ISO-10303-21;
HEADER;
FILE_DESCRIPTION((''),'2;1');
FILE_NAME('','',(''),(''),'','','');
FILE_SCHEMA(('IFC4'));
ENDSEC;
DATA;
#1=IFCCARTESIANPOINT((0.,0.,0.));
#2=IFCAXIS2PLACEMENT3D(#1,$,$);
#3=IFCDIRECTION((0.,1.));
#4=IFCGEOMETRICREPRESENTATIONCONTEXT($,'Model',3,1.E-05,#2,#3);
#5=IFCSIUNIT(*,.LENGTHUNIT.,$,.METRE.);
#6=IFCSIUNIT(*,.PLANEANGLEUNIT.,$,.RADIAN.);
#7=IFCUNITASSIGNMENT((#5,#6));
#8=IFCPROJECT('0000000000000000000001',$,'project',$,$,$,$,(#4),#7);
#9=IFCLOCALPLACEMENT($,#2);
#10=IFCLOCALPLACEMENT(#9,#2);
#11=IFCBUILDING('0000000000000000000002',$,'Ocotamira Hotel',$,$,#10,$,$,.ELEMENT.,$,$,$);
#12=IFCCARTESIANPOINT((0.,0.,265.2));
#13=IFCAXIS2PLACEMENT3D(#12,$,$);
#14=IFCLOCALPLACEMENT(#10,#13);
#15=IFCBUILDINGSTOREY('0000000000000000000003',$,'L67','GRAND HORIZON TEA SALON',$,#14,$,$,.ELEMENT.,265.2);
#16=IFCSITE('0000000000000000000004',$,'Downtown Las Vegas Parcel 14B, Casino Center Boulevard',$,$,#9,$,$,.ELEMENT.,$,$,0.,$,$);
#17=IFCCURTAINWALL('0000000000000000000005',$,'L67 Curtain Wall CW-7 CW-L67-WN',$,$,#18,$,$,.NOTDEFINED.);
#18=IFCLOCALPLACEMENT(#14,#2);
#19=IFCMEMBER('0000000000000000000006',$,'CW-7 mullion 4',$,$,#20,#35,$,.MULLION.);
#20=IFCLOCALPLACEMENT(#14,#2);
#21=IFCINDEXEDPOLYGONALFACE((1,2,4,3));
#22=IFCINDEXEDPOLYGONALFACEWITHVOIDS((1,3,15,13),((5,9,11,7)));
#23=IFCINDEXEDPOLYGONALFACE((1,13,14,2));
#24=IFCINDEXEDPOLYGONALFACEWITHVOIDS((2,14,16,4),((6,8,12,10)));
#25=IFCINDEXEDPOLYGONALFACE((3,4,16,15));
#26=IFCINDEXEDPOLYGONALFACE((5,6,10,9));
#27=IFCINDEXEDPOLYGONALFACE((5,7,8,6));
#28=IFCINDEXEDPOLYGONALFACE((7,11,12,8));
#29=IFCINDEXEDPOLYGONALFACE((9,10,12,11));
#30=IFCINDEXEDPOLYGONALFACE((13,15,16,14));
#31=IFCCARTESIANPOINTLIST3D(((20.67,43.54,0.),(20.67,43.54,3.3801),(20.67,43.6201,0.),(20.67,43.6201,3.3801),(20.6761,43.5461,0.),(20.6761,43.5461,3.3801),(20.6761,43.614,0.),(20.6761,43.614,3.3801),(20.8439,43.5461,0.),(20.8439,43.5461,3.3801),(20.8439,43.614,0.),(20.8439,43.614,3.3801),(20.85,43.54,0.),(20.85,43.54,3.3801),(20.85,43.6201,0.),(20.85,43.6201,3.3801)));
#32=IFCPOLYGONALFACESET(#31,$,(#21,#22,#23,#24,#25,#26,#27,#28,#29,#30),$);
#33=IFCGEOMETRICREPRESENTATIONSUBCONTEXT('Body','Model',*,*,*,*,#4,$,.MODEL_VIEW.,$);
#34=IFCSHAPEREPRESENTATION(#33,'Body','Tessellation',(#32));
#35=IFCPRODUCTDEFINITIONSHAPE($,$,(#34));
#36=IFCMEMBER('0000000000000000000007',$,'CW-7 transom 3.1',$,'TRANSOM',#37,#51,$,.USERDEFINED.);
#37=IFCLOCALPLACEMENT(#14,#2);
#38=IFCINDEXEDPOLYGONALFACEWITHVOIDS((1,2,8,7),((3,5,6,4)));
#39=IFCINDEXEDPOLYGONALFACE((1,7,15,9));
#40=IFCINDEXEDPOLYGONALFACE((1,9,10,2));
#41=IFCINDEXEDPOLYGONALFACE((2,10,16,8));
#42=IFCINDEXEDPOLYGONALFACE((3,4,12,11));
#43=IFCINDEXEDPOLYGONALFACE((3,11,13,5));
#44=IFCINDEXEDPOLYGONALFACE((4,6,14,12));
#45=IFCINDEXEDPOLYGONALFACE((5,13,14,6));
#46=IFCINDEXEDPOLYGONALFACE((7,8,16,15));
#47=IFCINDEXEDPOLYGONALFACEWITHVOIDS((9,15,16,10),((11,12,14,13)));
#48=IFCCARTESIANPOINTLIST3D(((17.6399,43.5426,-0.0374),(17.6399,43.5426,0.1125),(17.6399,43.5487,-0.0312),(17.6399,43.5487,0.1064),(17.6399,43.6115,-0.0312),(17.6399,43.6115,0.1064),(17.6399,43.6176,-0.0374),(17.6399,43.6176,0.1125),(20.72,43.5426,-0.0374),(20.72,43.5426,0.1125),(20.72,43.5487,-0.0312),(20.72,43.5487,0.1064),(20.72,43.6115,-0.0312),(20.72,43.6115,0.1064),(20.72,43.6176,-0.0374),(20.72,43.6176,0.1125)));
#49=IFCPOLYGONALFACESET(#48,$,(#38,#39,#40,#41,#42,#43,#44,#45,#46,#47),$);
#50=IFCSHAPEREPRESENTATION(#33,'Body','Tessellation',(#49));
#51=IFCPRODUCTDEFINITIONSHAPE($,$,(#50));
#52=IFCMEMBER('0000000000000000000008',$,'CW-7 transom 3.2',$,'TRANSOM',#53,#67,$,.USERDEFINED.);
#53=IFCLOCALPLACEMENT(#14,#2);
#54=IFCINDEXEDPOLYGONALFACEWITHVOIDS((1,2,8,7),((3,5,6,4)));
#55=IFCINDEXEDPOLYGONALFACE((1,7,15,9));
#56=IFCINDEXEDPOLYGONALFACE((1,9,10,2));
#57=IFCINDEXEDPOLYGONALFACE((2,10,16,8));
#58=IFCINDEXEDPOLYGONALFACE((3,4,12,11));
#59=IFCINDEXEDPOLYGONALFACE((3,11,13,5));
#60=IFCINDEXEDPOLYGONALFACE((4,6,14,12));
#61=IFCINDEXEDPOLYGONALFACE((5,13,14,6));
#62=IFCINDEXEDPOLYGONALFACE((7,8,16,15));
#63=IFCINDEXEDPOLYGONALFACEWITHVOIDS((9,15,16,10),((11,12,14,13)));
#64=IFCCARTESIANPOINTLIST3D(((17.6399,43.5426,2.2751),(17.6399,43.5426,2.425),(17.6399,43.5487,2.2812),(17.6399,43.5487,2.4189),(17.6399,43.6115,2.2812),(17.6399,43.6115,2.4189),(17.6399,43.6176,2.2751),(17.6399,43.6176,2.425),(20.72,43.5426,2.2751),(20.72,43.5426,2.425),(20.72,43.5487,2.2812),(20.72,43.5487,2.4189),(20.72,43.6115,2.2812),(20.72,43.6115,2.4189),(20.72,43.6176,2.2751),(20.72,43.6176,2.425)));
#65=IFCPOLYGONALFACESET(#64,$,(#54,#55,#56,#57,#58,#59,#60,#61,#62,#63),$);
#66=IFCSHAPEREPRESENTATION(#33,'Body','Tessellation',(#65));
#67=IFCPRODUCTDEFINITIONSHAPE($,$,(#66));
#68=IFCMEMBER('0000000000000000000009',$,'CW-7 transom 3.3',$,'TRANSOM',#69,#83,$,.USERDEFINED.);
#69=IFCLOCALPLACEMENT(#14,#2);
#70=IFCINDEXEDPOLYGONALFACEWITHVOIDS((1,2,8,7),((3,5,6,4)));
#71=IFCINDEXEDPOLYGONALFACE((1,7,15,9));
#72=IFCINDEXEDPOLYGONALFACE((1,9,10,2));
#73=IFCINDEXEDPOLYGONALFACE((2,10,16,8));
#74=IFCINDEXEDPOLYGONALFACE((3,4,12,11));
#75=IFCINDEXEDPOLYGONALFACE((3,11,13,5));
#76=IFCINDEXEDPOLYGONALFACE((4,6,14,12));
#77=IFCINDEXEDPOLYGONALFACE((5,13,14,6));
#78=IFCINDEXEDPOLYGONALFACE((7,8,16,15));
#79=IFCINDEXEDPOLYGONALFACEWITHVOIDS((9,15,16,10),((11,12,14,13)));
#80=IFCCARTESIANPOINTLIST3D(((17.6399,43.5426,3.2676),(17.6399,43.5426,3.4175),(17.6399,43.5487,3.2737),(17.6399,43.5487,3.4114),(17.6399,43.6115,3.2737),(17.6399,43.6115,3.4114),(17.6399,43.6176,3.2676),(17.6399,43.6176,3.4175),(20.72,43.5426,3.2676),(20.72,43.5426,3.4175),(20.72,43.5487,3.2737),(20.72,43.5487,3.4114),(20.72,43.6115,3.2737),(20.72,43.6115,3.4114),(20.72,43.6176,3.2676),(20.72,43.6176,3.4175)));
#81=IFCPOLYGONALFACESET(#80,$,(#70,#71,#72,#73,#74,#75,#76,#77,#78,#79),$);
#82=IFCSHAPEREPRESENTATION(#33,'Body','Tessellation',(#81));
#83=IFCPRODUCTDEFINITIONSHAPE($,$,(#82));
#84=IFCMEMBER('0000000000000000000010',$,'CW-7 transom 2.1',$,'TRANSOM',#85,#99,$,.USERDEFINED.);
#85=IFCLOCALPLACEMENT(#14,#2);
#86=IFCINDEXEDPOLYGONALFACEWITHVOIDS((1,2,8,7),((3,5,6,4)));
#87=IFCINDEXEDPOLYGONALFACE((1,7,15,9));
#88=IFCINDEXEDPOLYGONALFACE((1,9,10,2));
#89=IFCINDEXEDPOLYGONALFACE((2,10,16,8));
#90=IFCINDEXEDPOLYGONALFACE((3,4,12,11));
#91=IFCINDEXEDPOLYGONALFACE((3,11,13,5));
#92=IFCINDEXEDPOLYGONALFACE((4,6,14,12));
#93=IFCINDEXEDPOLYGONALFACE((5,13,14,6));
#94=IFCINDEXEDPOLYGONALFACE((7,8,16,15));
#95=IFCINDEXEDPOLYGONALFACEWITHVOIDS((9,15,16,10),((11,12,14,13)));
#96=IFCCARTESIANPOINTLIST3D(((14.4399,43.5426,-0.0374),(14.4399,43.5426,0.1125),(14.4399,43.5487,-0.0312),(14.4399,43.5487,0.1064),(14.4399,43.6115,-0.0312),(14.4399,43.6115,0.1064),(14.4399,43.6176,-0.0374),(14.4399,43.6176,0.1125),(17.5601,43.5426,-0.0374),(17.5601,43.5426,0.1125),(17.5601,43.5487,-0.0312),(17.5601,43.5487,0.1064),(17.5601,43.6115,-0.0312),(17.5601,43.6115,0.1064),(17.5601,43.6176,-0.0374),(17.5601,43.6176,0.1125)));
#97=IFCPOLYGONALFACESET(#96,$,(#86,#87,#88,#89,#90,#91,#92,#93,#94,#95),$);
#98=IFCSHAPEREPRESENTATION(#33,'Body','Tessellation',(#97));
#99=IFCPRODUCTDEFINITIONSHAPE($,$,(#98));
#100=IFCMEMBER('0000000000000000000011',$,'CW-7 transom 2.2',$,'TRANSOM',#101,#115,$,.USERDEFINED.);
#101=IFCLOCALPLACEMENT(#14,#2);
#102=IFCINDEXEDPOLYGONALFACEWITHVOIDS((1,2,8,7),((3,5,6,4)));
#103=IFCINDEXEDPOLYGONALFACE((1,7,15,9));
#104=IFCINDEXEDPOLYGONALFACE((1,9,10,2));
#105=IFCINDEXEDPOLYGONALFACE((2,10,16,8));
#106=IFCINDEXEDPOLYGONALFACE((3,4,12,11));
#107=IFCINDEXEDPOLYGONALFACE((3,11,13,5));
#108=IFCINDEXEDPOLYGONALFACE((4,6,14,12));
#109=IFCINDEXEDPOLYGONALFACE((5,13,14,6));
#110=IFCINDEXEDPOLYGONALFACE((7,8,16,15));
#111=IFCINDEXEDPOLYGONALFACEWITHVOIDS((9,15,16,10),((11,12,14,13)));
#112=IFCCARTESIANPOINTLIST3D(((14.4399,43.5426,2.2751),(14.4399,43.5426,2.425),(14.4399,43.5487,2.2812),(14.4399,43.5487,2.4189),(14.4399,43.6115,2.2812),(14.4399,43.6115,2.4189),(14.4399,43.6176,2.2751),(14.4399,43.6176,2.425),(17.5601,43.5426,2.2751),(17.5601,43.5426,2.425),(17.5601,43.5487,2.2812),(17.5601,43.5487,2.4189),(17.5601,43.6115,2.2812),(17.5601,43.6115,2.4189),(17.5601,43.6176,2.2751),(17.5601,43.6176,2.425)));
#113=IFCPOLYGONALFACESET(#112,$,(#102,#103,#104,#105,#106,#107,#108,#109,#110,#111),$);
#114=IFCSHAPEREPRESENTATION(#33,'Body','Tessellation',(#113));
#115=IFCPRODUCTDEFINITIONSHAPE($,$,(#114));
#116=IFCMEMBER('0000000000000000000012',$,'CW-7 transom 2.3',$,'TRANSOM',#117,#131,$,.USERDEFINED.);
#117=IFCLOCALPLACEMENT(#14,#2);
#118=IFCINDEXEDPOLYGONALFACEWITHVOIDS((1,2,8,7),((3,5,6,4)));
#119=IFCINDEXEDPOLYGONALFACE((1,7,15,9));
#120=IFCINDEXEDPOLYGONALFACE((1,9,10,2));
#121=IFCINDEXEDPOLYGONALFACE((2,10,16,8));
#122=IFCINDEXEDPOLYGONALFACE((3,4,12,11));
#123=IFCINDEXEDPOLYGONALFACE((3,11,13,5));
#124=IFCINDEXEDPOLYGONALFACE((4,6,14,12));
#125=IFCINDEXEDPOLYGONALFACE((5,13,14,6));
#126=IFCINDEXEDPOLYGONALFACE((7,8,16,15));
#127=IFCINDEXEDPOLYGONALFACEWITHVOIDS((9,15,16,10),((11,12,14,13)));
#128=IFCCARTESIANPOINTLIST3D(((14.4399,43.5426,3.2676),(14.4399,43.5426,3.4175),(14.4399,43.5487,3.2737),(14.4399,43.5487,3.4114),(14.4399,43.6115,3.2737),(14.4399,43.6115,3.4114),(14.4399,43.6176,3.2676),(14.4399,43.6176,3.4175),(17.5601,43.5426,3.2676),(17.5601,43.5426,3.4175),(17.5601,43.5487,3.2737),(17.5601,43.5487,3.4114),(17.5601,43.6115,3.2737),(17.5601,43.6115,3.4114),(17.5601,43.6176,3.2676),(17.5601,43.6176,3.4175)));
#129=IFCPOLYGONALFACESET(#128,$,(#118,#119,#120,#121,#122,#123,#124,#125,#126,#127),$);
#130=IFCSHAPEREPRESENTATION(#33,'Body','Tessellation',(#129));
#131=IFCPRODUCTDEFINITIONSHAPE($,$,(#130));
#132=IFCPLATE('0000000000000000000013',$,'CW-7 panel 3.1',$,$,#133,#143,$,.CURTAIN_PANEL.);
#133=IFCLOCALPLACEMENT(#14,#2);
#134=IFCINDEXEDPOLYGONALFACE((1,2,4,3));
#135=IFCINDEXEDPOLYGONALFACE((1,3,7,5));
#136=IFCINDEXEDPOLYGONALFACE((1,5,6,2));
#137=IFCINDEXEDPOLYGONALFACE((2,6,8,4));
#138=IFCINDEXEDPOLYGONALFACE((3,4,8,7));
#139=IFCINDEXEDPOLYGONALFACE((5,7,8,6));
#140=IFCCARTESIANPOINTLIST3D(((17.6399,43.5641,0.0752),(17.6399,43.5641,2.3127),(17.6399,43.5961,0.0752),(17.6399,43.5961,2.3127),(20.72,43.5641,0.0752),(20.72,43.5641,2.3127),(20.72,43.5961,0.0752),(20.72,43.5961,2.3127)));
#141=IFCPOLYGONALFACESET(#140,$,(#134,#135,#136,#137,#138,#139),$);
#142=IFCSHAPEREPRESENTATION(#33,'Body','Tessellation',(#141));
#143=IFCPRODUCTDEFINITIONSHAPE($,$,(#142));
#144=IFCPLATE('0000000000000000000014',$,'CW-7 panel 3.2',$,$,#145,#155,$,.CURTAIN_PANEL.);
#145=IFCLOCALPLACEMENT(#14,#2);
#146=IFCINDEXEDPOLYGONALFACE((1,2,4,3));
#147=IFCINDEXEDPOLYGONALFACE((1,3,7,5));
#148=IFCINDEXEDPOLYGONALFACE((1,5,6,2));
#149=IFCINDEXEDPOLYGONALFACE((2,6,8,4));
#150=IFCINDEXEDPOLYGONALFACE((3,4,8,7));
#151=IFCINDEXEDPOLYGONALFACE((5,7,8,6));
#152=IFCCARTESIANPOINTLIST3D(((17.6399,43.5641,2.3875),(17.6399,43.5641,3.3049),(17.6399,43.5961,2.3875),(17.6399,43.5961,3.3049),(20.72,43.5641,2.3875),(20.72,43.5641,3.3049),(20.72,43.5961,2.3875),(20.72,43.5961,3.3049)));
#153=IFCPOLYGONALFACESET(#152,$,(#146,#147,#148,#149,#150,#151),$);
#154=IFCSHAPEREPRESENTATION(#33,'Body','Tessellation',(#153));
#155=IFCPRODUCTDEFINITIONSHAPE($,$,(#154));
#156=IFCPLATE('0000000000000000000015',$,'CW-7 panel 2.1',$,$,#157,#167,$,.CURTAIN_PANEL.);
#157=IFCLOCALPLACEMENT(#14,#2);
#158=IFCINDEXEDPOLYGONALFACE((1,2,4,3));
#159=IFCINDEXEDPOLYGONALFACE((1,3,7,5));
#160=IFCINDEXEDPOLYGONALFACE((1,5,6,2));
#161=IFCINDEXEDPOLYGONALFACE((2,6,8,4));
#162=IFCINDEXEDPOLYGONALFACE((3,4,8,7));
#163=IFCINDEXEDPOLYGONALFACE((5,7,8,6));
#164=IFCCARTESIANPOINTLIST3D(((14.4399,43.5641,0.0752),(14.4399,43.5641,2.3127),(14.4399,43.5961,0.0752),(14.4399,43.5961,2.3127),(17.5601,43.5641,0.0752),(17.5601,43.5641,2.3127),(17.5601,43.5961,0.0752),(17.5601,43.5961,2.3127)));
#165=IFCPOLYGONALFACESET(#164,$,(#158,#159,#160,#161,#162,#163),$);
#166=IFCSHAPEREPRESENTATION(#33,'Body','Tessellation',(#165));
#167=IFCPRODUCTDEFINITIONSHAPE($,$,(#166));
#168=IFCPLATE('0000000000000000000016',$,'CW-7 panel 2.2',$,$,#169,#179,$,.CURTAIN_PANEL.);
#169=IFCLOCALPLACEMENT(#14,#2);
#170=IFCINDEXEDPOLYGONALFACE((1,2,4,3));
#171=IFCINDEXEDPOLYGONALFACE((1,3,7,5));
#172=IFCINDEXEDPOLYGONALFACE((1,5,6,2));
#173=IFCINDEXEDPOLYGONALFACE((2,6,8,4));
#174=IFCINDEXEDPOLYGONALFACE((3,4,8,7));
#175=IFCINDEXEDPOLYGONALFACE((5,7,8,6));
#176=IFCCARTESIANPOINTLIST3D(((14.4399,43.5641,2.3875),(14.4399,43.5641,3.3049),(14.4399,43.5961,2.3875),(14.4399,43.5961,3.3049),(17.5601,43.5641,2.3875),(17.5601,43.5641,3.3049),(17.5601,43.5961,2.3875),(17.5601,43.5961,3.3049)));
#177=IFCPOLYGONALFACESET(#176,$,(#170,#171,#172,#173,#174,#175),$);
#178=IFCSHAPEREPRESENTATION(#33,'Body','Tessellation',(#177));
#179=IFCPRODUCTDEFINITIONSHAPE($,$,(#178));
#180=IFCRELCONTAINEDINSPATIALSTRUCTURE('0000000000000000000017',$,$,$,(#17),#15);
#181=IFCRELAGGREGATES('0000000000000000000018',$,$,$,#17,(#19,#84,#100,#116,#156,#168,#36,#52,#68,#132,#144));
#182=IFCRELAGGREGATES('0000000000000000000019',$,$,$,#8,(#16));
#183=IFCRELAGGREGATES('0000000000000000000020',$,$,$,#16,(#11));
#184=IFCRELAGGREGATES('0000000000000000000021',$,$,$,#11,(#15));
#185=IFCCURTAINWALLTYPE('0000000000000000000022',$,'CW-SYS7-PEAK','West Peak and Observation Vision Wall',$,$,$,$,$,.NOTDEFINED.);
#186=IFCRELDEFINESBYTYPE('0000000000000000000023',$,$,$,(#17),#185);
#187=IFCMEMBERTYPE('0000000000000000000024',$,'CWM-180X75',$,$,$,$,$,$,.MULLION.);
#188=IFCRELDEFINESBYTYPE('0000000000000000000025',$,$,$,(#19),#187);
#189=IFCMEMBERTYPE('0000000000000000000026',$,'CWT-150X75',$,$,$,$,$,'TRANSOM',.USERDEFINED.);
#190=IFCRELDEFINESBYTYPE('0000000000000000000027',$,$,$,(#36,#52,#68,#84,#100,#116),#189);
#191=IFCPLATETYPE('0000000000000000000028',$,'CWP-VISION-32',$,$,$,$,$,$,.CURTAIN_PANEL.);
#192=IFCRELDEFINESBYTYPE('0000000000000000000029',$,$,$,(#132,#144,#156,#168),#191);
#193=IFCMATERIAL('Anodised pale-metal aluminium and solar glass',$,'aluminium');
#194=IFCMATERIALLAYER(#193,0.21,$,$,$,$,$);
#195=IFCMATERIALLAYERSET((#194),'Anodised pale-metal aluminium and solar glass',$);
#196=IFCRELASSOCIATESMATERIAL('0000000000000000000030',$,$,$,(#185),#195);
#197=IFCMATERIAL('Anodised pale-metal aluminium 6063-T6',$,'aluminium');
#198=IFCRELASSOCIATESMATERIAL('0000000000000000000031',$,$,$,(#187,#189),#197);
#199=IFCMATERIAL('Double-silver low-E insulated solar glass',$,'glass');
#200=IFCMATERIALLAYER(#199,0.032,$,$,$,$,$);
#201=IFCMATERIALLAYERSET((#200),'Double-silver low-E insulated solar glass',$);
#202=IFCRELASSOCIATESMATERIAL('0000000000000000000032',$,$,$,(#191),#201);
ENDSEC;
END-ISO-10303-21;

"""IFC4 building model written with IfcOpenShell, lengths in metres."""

from ifc_helpers import new_model, si_unit, direction, frame, origin, origin_2d, place, context, subcontext, project, spatial, rectangle, hollow_rectangle, extrude, source, transform, mapped, material, layer, layer_set, material_profile, profile_set, type_object, element, aggregate, save


model = new_model("IFC4")

# Units and contexts
model_context = context("Model", 3, precision=1e-05, world=origin(), true_north=direction((0.0, 1.0)))
body_context = subcontext(model_context, "Body", "Model", "MODEL_VIEW")
ifc_project = project(units=[si_unit("LENGTHUNIT", "METRE"), si_unit("PLANEANGLEUNIT", "RADIAN")], contexts=[model_context])

# Site, building, storey
site_placement = place(None, origin())
site = spatial("IfcSite", under=ifc_project, at=site_placement, Name="Downtown Las Vegas Parcel 14B, Casino Center Boulevard", CompositionType="ELEMENT", RefElevation=0.0)
building_placement = place(site_placement, origin())
building = spatial("IfcBuilding", under=site, at=building_placement, Name="Ocotamira Hotel", CompositionType="ELEMENT")
storey_placement = place(building_placement, frame((0.0, 0.0, 265.2)))
storey = spatial("IfcBuildingStorey", under=building, at=storey_placement, Name="L67", Description="GRAND HORIZON TEA SALON", CompositionType="ELEMENT", Elevation=265.2)

# Curtain wall, members, plates
ifc_material_1 = material(Name="Anodised pale-metal aluminium and solar glass", Category="aluminium")
ifc_layer_1 = layer(ifc_material_1, 0.21)
ifc_layer_set_1 = layer_set([ifc_layer_1], Name="Anodised pale-metal aluminium and solar glass")
curtain_wall_type = type_object("IfcCurtainWallType", Name="CW-SYS7-PEAK", Description="West Peak and Observation Vision Wall", PredefinedType="NOTDEFINED", material=ifc_layer_set_1)
curtain_wall_placement = place(storey_placement, origin())
curtain_wall = element("IfcCurtainWall", 1, at=curtain_wall_placement, inside=storey, type_object=curtain_wall_type, Name="L67 Curtain Wall CW-7 CW-L67-WN", PredefinedType="NOTDEFINED")
ifc_material_2 = material(Name="Anodised pale-metal aluminium 6063-T6", Category="aluminium")
ifc_material_profile_1 = material_profile(ifc_material_2, hollow_rectangle(XDim=0.0801, YDim=0.1799, WallThickness=0.0061, at=origin_2d()), Name="HSS180X80X6")
ifc_profile_set_1 = profile_set([ifc_material_profile_1], Name="Anodised pale-metal aluminium 6063-T6")
member_type_1 = type_object("IfcMemberType", Name="CWM-180X75", PredefinedType="MULLION", material=ifc_profile_set_1)
shared_shape_1 = source(origin(), body_context, "Body", "SweptSolid", [
    extrude(hollow_rectangle(XDim=0.0801, YDim=0.1799, WallThickness=0.0061, at=origin_2d()), origin(), (0.0, 0.0, 1.0), 3.3801),
])
member_1_placement = place(storey_placement, frame((20.76, 43.5801, 0.0), z_axis=(0.0, 0.0, 1.0), x_axis=(0.0, 1.0, 0.0)))
member_1 = element("IfcMember", 2, at=member_1_placement, type_object=member_type_1, Name="CW-7 mullion 4", PredefinedType="MULLION", context=body_context, shape_type="MappedRepresentation", body=[
    mapped(shared_shape_1, transform((0.0, 0.0, 0.0), scale=1.0)),
])
ifc_material_profile_2 = material_profile(ifc_material_2, hollow_rectangle(XDim=0.075, YDim=0.1499, WallThickness=0.0061, at=origin_2d()), Name="HSS150X75X6")
ifc_profile_set_2 = profile_set([ifc_material_profile_2], Name="Anodised pale-metal aluminium 6063-T6")
member_type_2 = type_object("IfcMemberType", Name="CWT-150X75", ElementType="TRANSOM", PredefinedType="USERDEFINED", material=ifc_profile_set_2)
shared_shape_2 = source(origin(), body_context, "Body", "SweptSolid", [
    extrude(hollow_rectangle(XDim=0.075, YDim=0.1499, WallThickness=0.0061, at=origin_2d()), origin(), (0.0, 0.0, 1.0), 3.0801),
])
member_2_placement = place(storey_placement, frame((17.6399, 43.5801, 0.0376), z_axis=(1.0, 0.0, 0.0), x_axis=(0.0, 1.0, 0.0)))
member_2 = element("IfcMember", 3, at=member_2_placement, type_object=member_type_2, Name="CW-7 transom 3.1", ObjectType="TRANSOM", PredefinedType="USERDEFINED", context=body_context, shape_type="MappedRepresentation", body=[
    mapped(shared_shape_2, transform((0.0, 0.0, 0.0), scale=1.0)),
])
member_3_placement = place(storey_placement, frame((17.6399, 43.5801, 2.3501), z_axis=(1.0, 0.0, 0.0), x_axis=(0.0, 1.0, 0.0)))
member_3 = element("IfcMember", 4, at=member_3_placement, type_object=member_type_2, Name="CW-7 transom 3.2", ObjectType="TRANSOM", PredefinedType="USERDEFINED", context=body_context, shape_type="MappedRepresentation", body=[
    mapped(shared_shape_2, transform((0.0, 0.0, 0.0), scale=1.0)),
])
member_4_placement = place(storey_placement, frame((17.6399, 43.5801, 3.3425), z_axis=(1.0, 0.0, 0.0), x_axis=(0.0, 1.0, 0.0)))
member_4 = element("IfcMember", 5, at=member_4_placement, type_object=member_type_2, Name="CW-7 transom 3.3", ObjectType="TRANSOM", PredefinedType="USERDEFINED", context=body_context, shape_type="MappedRepresentation", body=[
    mapped(shared_shape_2, transform((0.0, 0.0, 0.0), scale=1.0)),
])
shared_shape_3 = source(origin(), body_context, "Body", "SweptSolid", [
    extrude(hollow_rectangle(XDim=0.075, YDim=0.1499, WallThickness=0.0061, at=origin_2d()), origin(), (0.0, 0.0, 1.0), 3.1201),
])
member_5_placement = place(storey_placement, frame((14.4399, 43.5801, 0.0376), z_axis=(1.0, 0.0, 0.0), x_axis=(0.0, 1.0, 0.0)))
member_5 = element("IfcMember", 6, at=member_5_placement, type_object=member_type_2, Name="CW-7 transom 2.1", ObjectType="TRANSOM", PredefinedType="USERDEFINED", context=body_context, shape_type="MappedRepresentation", body=[
    mapped(shared_shape_3, transform((0.0, 0.0, 0.0), scale=1.0)),
])
member_6_placement = place(storey_placement, frame((14.4399, 43.5801, 2.3501), z_axis=(1.0, 0.0, 0.0), x_axis=(0.0, 1.0, 0.0)))
member_6 = element("IfcMember", 7, at=member_6_placement, type_object=member_type_2, Name="CW-7 transom 2.2", ObjectType="TRANSOM", PredefinedType="USERDEFINED", context=body_context, shape_type="MappedRepresentation", body=[
    mapped(shared_shape_3, transform((0.0, 0.0, 0.0), scale=1.0)),
])
member_7_placement = place(storey_placement, frame((14.4399, 43.5801, 3.3425), z_axis=(1.0, 0.0, 0.0), x_axis=(0.0, 1.0, 0.0)))
member_7 = element("IfcMember", 8, at=member_7_placement, type_object=member_type_2, Name="CW-7 transom 2.3", ObjectType="TRANSOM", PredefinedType="USERDEFINED", context=body_context, shape_type="MappedRepresentation", body=[
    mapped(shared_shape_3, transform((0.0, 0.0, 0.0), scale=1.0)),
])
ifc_material_3 = material(Name="Double-silver low-E insulated solar glass", Category="glass")
ifc_layer_2 = layer(ifc_material_3, 0.032)
ifc_layer_set_2 = layer_set([ifc_layer_2], Name="Double-silver low-E insulated solar glass")
plate_type = type_object("IfcPlateType", Name="CWP-VISION-32", PredefinedType="CURTAIN_PANEL", material=ifc_layer_set_2)
shared_shape_4 = source(origin(), body_context, "Body", "SweptSolid", [
    extrude(rectangle(XDim=3.0801, YDim=0.032, at=origin_2d()), origin(), (0.0, 0.0, 1.0), 2.2375),
])
plate_1_placement = place(storey_placement, frame((19.1799, 43.5801, 0.0752), z_axis=(0.0, 0.0, 1.0), x_axis=(1.0, 0.0, 0.0)))
plate_1 = element("IfcPlate", 9, at=plate_1_placement, type_object=plate_type, Name="CW-7 panel 3.1", PredefinedType="CURTAIN_PANEL", context=body_context, shape_type="MappedRepresentation", body=[
    mapped(shared_shape_4, transform((0.0, 0.0, 0.0), scale=1.0)),
])
shared_shape_5 = source(origin(), body_context, "Body", "SweptSolid", [
    extrude(rectangle(XDim=3.0801, YDim=0.032, at=origin_2d()), origin(), (0.0, 0.0, 1.0), 0.9175),
])
plate_2_placement = place(storey_placement, frame((19.1799, 43.5801, 2.3875), z_axis=(0.0, 0.0, 1.0), x_axis=(1.0, 0.0, 0.0)))
plate_2 = element("IfcPlate", 10, at=plate_2_placement, type_object=plate_type, Name="CW-7 panel 3.2", PredefinedType="CURTAIN_PANEL", context=body_context, shape_type="MappedRepresentation", body=[
    mapped(shared_shape_5, transform((0.0, 0.0, 0.0), scale=1.0)),
])
shared_shape_6 = source(origin(), body_context, "Body", "SweptSolid", [
    extrude(rectangle(XDim=3.1201, YDim=0.032, at=origin_2d()), origin(), (0.0, 0.0, 1.0), 2.2375),
])
plate_3_placement = place(storey_placement, frame((16.0, 43.5801, 0.0752), z_axis=(0.0, 0.0, 1.0), x_axis=(1.0, 0.0, 0.0)))
plate_3 = element("IfcPlate", 11, at=plate_3_placement, type_object=plate_type, Name="CW-7 panel 2.1", PredefinedType="CURTAIN_PANEL", context=body_context, shape_type="MappedRepresentation", body=[
    mapped(shared_shape_6, transform((0.0, 0.0, 0.0), scale=1.0)),
])
shared_shape_7 = source(origin(), body_context, "Body", "SweptSolid", [
    extrude(rectangle(XDim=3.1201, YDim=0.032, at=origin_2d()), origin(), (0.0, 0.0, 1.0), 0.9175),
])
plate_4_placement = place(storey_placement, frame((16.0, 43.5801, 2.3875), z_axis=(0.0, 0.0, 1.0), x_axis=(1.0, 0.0, 0.0)))
plate_4 = element("IfcPlate", 12, at=plate_4_placement, type_object=plate_type, Name="CW-7 panel 2.2", PredefinedType="CURTAIN_PANEL", context=body_context, shape_type="MappedRepresentation", body=[
    mapped(shared_shape_7, transform((0.0, 0.0, 0.0), scale=1.0)),
])
aggregate(curtain_wall, [member_1, member_5, member_6, member_7, plate_3, plate_4, member_2, member_3, member_4, plate_1, plate_2])

save(model, "model.ifc")
